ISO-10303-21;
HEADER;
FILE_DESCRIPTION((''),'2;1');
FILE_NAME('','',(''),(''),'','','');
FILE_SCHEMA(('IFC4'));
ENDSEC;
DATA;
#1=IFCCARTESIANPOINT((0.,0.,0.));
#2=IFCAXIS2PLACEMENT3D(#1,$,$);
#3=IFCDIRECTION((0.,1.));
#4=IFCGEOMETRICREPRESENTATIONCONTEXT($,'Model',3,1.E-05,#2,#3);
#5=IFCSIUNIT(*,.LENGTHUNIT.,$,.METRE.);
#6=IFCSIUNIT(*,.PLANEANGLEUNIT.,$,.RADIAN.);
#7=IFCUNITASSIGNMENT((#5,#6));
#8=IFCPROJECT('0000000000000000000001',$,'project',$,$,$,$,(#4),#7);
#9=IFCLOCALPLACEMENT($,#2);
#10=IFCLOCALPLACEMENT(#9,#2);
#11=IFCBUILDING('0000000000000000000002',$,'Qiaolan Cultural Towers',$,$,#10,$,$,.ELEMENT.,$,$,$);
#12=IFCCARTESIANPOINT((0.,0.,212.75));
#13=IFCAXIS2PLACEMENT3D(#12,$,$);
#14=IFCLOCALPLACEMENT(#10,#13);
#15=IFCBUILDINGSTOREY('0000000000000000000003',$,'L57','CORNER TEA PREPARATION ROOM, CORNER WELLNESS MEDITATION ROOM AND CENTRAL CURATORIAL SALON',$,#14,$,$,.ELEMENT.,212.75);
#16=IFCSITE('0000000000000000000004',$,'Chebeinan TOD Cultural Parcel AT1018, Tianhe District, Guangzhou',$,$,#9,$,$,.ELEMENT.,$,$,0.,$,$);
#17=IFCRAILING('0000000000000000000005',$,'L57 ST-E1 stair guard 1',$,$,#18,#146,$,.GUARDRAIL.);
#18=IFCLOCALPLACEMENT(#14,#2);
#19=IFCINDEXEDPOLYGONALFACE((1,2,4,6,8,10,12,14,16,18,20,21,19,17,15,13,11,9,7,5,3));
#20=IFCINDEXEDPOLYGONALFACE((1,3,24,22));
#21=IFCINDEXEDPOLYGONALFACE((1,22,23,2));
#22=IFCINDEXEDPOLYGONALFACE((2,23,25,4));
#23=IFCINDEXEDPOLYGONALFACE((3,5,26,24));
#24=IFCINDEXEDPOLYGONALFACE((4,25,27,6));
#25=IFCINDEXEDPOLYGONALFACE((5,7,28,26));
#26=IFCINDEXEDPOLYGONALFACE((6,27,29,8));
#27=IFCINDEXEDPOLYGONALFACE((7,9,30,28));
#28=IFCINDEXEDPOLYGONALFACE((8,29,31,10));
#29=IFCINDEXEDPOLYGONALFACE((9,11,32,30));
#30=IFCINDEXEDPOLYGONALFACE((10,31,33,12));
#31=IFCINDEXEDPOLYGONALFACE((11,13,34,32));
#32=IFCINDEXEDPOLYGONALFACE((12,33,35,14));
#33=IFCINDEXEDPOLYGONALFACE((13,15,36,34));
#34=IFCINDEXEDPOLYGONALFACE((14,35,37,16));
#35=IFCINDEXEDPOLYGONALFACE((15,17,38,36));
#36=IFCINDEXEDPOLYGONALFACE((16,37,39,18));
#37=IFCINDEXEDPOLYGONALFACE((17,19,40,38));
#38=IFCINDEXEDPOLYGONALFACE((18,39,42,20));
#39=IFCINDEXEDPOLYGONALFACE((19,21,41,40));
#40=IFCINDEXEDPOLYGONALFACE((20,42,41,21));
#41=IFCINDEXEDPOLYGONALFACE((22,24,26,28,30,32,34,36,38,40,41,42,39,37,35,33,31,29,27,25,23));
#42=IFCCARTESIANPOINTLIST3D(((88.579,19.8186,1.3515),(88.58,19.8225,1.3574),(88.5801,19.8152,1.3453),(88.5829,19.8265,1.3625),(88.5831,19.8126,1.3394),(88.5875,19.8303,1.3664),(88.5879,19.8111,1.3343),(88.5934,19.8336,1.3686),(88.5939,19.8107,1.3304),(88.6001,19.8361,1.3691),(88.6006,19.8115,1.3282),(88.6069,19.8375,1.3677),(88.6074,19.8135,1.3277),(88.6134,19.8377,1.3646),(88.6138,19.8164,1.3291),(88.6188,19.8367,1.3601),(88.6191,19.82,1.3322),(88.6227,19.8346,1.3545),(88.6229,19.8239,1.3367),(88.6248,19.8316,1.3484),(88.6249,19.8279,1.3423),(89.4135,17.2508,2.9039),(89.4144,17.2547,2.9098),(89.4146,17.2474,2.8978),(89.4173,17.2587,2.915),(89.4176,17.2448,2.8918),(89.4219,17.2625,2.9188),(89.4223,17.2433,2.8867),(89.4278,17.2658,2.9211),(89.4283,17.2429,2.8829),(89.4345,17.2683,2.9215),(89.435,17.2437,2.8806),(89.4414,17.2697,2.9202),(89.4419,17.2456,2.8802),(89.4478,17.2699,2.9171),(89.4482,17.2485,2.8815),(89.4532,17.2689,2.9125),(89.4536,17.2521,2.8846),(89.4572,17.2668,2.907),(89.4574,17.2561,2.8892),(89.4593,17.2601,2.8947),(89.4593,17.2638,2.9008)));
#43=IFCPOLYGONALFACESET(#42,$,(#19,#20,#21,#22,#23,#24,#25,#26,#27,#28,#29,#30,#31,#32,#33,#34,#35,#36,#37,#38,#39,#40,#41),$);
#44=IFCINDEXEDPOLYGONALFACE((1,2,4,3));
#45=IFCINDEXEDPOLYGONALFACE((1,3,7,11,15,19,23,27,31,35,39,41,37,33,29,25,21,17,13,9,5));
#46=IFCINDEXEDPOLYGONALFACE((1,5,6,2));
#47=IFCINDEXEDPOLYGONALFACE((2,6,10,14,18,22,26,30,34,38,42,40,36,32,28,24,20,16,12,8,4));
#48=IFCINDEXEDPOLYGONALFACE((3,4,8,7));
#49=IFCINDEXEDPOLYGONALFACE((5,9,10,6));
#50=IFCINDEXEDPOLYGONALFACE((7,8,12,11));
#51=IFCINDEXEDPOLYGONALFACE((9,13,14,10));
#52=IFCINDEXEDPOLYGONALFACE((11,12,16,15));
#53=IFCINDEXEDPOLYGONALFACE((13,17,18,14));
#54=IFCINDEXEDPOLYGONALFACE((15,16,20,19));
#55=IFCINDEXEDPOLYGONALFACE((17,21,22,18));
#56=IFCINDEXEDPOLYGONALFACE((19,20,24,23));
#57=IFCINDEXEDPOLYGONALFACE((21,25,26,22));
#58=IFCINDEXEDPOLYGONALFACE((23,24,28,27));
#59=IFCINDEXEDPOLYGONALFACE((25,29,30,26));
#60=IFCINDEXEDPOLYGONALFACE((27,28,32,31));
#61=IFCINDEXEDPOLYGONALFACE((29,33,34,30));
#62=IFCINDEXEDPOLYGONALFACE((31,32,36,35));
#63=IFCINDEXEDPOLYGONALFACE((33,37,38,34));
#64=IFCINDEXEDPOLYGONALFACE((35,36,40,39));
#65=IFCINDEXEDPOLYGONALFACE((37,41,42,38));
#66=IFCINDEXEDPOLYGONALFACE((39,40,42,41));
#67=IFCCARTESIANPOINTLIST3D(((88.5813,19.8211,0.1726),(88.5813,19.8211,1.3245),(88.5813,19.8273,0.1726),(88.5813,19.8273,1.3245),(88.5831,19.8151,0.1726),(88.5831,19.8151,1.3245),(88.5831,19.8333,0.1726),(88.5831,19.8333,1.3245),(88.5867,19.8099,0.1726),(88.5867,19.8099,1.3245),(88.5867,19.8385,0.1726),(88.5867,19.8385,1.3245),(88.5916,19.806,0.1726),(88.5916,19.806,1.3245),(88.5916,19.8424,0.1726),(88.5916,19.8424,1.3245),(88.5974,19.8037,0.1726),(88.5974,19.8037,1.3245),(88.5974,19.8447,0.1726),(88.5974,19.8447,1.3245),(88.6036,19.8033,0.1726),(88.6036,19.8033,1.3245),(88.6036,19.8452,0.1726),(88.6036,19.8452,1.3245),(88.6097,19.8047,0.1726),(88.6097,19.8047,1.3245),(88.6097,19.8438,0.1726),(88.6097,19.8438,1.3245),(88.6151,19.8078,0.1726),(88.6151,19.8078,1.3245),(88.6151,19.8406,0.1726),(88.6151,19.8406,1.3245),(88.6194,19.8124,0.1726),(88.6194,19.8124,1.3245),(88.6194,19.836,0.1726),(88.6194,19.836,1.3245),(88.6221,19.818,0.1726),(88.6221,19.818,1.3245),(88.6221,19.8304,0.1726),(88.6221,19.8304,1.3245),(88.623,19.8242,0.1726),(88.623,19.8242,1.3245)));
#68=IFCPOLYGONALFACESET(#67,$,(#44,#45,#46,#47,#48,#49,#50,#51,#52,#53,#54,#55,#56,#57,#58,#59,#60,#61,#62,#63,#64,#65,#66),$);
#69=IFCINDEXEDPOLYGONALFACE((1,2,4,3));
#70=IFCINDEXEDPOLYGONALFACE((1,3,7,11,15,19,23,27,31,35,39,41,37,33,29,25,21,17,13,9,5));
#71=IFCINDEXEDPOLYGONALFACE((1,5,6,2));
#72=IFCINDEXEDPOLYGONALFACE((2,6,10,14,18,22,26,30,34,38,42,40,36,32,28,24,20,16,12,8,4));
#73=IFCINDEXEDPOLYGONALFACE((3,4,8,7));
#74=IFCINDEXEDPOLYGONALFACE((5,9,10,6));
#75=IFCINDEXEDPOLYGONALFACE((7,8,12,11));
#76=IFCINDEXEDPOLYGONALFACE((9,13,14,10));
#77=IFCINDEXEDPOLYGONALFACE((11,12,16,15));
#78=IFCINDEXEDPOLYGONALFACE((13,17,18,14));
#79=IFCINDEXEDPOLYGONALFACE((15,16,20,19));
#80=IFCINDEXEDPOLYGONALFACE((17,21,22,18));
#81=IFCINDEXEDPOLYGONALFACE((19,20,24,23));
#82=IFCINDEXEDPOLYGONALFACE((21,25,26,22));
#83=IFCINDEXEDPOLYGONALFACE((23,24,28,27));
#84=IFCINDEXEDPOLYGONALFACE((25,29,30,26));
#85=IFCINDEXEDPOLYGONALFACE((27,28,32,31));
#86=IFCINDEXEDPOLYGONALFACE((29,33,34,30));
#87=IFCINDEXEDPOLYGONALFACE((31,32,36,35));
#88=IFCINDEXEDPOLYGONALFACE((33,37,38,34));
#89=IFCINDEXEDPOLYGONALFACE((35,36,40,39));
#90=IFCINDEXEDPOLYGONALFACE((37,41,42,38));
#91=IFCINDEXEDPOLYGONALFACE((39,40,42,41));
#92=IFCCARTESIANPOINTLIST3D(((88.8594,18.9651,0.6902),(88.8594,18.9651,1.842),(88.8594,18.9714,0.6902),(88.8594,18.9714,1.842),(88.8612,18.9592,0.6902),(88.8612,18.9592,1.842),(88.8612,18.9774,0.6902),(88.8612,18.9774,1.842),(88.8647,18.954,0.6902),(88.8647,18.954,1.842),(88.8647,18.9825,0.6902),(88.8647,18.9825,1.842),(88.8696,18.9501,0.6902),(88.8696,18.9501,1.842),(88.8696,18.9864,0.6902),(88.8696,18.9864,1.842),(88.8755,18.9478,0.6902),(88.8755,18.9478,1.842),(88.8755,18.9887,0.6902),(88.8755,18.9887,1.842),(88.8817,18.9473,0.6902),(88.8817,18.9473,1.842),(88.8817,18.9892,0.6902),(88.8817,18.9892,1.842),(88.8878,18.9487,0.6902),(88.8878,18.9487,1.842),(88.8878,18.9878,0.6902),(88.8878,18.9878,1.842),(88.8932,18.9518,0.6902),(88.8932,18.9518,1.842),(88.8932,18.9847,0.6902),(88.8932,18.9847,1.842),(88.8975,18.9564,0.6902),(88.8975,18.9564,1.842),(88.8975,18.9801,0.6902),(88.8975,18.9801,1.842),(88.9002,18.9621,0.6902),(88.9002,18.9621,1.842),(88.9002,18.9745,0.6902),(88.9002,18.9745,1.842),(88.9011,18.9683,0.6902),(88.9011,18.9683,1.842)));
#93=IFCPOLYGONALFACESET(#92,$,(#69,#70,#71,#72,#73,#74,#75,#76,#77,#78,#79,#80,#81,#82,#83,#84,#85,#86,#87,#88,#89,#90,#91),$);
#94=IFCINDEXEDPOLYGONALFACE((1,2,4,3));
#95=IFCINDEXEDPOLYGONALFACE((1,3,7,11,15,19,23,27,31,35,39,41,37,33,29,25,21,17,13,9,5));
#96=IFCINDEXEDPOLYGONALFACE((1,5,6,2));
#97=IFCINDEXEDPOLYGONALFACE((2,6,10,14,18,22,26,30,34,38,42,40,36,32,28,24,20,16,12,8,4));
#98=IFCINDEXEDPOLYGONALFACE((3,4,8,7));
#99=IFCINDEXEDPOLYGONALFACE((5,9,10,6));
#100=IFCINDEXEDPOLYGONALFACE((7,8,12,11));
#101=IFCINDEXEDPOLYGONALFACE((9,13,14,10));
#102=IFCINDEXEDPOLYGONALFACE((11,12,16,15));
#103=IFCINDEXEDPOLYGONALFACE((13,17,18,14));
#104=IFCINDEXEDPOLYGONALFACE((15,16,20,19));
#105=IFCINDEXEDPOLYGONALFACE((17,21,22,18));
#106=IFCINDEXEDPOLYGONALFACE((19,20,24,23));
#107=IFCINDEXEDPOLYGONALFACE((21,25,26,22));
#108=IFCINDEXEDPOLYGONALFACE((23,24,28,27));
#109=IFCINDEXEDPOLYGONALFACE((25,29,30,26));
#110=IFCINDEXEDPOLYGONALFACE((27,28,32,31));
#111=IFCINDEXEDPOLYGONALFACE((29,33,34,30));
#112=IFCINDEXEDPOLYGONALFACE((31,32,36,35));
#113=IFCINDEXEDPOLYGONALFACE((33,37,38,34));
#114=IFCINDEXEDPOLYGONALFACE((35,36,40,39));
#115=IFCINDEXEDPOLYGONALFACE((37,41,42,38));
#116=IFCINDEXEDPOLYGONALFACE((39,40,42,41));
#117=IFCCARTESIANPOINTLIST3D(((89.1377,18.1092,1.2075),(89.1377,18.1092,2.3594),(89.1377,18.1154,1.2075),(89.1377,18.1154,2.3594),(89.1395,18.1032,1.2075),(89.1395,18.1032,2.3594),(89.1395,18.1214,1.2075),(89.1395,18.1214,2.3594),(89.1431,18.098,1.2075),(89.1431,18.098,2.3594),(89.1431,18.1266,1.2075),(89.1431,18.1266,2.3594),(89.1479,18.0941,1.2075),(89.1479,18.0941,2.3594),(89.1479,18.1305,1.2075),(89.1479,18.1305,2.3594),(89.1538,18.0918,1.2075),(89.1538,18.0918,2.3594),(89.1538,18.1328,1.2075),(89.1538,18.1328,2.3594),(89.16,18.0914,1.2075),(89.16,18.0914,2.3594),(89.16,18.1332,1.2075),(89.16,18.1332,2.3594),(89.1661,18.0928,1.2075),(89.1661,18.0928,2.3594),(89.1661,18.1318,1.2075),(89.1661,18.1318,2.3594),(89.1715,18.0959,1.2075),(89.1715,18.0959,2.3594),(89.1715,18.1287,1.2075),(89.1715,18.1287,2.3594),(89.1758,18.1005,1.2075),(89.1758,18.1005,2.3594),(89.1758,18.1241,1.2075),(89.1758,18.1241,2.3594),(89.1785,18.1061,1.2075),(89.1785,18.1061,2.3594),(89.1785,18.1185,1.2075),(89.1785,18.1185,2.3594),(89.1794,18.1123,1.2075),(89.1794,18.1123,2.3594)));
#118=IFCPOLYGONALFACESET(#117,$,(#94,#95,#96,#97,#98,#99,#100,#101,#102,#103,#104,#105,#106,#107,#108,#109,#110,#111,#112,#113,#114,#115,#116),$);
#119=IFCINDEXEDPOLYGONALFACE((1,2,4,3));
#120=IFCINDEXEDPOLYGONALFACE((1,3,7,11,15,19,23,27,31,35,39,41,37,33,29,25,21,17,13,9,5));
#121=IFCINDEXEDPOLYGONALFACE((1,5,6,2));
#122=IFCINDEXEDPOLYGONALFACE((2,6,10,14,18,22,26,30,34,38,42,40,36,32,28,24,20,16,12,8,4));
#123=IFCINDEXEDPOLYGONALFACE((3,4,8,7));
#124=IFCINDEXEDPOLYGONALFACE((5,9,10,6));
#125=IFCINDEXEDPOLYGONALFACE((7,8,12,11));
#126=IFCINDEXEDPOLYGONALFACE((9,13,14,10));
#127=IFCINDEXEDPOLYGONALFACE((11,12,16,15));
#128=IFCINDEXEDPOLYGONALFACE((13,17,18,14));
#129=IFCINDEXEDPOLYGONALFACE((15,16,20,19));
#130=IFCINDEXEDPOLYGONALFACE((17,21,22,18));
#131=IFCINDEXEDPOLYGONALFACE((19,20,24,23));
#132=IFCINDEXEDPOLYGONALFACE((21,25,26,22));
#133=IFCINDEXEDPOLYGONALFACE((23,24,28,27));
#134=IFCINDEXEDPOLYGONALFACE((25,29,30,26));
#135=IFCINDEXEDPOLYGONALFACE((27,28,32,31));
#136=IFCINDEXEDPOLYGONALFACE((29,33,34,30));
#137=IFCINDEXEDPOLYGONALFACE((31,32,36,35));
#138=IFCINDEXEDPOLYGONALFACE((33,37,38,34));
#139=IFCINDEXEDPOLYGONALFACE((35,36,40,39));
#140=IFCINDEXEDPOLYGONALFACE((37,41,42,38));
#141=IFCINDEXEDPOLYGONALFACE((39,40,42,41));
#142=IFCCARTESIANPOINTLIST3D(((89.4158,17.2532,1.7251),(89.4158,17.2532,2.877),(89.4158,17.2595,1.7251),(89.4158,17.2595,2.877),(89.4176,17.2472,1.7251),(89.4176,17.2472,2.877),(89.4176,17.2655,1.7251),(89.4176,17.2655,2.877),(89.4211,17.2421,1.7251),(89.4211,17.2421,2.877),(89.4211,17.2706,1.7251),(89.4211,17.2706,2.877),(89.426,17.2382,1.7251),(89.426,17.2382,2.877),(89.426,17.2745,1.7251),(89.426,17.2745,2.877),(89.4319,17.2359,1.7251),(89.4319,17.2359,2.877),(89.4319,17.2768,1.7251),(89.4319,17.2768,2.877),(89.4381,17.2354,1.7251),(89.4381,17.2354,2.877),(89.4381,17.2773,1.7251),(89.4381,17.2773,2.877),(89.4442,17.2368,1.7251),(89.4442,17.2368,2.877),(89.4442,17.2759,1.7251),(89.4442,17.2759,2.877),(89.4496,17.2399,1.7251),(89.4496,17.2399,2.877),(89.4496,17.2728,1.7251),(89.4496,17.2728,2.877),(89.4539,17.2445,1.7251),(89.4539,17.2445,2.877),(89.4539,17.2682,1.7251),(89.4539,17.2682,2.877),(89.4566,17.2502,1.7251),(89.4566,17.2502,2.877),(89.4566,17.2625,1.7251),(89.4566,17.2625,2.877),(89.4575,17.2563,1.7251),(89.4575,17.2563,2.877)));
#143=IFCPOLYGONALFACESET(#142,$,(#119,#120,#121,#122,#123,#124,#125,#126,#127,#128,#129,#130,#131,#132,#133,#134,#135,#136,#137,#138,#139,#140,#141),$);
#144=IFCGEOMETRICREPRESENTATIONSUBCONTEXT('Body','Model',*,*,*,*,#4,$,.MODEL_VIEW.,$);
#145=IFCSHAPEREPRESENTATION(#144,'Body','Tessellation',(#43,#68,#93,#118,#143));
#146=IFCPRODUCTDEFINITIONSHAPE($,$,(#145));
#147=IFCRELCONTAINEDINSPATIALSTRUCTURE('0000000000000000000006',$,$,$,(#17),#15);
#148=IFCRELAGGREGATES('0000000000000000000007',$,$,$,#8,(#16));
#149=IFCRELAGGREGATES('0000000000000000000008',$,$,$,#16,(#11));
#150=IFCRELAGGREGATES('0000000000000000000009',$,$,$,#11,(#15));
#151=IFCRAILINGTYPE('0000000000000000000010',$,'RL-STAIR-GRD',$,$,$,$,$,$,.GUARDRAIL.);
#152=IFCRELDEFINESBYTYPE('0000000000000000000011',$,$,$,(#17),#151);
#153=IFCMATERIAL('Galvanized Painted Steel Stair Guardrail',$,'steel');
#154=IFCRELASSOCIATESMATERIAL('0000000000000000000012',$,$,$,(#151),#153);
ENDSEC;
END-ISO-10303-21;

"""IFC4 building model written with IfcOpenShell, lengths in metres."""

from ifc_helpers import new_model, si_unit, direction, frame, origin, origin_2d, place, context, subcontext, project, spatial, circle, extrude, material, type_object, element, save


model = new_model("IFC4")

# Units and contexts
model_context = context("Model", 3, precision=1e-05, world=origin(), true_north=direction((0.0, 1.0)))
body_context = subcontext(model_context, "Body", "Model", "MODEL_VIEW")
ifc_project = project(units=[si_unit("LENGTHUNIT", "METRE"), si_unit("PLANEANGLEUNIT", "RADIAN")], contexts=[model_context])

# Site, building, storey
site_placement = place(None, origin())
site = spatial("IfcSite", under=ifc_project, at=site_placement, Name="Chebeinan TOD Cultural Parcel AT1018, Tianhe District, Guangzhou", CompositionType="ELEMENT", RefElevation=0.0)
building_placement = place(site_placement, origin())
building = spatial("IfcBuilding", under=site, at=building_placement, Name="Qiaolan Cultural Towers", CompositionType="ELEMENT")
storey_placement = place(building_placement, frame((0.0, 0.0, 212.75)))
storey = spatial("IfcBuildingStorey", under=building, at=storey_placement, Name="L57", Description="CORNER TEA PREPARATION ROOM, CORNER WELLNESS MEDITATION ROOM AND CENTRAL CURATORIAL SALON", CompositionType="ELEMENT", Elevation=212.75)

# Railing
ifc_material_1 = material(Name="Galvanized Painted Steel Stair Guardrail", Category="steel")
railing_type_1 = type_object("IfcRailingType", Name="RL-STAIR-GRD", PredefinedType="GUARDRAIL", material=ifc_material_1)
railing_1_placement = place(storey_placement, frame((88.6021, 19.8242, 0.1726)))
element("IfcRailing", 1, at=railing_1_placement, inside=storey, type_object=railing_type_1, Name="L57 ST-E1 stair guard 1", PredefinedType="GUARDRAIL", context=body_context, shape_type="SweptSolid", body=[
    extrude(circle(Radius=0.0239, at=origin_2d()), frame((0.0, 0.0, 1.1758), z_axis=(0.267926, -0.824471, 0.498461), x_axis=(0.951043, 0.309057, 0.0)), (0.0, 0.0, 1.0), 3.1145),
    extrude(circle(Radius=0.021, at=origin_2d()), origin(), (0.0, 0.0, 1.0), 1.1519),
    extrude(circle(Radius=0.021, at=origin_2d()), frame((0.2781, -0.856, 0.5176)), (0.0, 0.0, 1.0), 1.1519),
    extrude(circle(Radius=0.021, at=origin_2d()), frame((0.5564, -1.7119, 1.0349)), (0.0, 0.0, 1.0), 1.1519),
    extrude(circle(Radius=0.021, at=origin_2d()), frame((0.8345, -2.5679, 1.5525)), (0.0, 0.0, 1.0), 1.1519),
])

save(model, "model.ifc")
